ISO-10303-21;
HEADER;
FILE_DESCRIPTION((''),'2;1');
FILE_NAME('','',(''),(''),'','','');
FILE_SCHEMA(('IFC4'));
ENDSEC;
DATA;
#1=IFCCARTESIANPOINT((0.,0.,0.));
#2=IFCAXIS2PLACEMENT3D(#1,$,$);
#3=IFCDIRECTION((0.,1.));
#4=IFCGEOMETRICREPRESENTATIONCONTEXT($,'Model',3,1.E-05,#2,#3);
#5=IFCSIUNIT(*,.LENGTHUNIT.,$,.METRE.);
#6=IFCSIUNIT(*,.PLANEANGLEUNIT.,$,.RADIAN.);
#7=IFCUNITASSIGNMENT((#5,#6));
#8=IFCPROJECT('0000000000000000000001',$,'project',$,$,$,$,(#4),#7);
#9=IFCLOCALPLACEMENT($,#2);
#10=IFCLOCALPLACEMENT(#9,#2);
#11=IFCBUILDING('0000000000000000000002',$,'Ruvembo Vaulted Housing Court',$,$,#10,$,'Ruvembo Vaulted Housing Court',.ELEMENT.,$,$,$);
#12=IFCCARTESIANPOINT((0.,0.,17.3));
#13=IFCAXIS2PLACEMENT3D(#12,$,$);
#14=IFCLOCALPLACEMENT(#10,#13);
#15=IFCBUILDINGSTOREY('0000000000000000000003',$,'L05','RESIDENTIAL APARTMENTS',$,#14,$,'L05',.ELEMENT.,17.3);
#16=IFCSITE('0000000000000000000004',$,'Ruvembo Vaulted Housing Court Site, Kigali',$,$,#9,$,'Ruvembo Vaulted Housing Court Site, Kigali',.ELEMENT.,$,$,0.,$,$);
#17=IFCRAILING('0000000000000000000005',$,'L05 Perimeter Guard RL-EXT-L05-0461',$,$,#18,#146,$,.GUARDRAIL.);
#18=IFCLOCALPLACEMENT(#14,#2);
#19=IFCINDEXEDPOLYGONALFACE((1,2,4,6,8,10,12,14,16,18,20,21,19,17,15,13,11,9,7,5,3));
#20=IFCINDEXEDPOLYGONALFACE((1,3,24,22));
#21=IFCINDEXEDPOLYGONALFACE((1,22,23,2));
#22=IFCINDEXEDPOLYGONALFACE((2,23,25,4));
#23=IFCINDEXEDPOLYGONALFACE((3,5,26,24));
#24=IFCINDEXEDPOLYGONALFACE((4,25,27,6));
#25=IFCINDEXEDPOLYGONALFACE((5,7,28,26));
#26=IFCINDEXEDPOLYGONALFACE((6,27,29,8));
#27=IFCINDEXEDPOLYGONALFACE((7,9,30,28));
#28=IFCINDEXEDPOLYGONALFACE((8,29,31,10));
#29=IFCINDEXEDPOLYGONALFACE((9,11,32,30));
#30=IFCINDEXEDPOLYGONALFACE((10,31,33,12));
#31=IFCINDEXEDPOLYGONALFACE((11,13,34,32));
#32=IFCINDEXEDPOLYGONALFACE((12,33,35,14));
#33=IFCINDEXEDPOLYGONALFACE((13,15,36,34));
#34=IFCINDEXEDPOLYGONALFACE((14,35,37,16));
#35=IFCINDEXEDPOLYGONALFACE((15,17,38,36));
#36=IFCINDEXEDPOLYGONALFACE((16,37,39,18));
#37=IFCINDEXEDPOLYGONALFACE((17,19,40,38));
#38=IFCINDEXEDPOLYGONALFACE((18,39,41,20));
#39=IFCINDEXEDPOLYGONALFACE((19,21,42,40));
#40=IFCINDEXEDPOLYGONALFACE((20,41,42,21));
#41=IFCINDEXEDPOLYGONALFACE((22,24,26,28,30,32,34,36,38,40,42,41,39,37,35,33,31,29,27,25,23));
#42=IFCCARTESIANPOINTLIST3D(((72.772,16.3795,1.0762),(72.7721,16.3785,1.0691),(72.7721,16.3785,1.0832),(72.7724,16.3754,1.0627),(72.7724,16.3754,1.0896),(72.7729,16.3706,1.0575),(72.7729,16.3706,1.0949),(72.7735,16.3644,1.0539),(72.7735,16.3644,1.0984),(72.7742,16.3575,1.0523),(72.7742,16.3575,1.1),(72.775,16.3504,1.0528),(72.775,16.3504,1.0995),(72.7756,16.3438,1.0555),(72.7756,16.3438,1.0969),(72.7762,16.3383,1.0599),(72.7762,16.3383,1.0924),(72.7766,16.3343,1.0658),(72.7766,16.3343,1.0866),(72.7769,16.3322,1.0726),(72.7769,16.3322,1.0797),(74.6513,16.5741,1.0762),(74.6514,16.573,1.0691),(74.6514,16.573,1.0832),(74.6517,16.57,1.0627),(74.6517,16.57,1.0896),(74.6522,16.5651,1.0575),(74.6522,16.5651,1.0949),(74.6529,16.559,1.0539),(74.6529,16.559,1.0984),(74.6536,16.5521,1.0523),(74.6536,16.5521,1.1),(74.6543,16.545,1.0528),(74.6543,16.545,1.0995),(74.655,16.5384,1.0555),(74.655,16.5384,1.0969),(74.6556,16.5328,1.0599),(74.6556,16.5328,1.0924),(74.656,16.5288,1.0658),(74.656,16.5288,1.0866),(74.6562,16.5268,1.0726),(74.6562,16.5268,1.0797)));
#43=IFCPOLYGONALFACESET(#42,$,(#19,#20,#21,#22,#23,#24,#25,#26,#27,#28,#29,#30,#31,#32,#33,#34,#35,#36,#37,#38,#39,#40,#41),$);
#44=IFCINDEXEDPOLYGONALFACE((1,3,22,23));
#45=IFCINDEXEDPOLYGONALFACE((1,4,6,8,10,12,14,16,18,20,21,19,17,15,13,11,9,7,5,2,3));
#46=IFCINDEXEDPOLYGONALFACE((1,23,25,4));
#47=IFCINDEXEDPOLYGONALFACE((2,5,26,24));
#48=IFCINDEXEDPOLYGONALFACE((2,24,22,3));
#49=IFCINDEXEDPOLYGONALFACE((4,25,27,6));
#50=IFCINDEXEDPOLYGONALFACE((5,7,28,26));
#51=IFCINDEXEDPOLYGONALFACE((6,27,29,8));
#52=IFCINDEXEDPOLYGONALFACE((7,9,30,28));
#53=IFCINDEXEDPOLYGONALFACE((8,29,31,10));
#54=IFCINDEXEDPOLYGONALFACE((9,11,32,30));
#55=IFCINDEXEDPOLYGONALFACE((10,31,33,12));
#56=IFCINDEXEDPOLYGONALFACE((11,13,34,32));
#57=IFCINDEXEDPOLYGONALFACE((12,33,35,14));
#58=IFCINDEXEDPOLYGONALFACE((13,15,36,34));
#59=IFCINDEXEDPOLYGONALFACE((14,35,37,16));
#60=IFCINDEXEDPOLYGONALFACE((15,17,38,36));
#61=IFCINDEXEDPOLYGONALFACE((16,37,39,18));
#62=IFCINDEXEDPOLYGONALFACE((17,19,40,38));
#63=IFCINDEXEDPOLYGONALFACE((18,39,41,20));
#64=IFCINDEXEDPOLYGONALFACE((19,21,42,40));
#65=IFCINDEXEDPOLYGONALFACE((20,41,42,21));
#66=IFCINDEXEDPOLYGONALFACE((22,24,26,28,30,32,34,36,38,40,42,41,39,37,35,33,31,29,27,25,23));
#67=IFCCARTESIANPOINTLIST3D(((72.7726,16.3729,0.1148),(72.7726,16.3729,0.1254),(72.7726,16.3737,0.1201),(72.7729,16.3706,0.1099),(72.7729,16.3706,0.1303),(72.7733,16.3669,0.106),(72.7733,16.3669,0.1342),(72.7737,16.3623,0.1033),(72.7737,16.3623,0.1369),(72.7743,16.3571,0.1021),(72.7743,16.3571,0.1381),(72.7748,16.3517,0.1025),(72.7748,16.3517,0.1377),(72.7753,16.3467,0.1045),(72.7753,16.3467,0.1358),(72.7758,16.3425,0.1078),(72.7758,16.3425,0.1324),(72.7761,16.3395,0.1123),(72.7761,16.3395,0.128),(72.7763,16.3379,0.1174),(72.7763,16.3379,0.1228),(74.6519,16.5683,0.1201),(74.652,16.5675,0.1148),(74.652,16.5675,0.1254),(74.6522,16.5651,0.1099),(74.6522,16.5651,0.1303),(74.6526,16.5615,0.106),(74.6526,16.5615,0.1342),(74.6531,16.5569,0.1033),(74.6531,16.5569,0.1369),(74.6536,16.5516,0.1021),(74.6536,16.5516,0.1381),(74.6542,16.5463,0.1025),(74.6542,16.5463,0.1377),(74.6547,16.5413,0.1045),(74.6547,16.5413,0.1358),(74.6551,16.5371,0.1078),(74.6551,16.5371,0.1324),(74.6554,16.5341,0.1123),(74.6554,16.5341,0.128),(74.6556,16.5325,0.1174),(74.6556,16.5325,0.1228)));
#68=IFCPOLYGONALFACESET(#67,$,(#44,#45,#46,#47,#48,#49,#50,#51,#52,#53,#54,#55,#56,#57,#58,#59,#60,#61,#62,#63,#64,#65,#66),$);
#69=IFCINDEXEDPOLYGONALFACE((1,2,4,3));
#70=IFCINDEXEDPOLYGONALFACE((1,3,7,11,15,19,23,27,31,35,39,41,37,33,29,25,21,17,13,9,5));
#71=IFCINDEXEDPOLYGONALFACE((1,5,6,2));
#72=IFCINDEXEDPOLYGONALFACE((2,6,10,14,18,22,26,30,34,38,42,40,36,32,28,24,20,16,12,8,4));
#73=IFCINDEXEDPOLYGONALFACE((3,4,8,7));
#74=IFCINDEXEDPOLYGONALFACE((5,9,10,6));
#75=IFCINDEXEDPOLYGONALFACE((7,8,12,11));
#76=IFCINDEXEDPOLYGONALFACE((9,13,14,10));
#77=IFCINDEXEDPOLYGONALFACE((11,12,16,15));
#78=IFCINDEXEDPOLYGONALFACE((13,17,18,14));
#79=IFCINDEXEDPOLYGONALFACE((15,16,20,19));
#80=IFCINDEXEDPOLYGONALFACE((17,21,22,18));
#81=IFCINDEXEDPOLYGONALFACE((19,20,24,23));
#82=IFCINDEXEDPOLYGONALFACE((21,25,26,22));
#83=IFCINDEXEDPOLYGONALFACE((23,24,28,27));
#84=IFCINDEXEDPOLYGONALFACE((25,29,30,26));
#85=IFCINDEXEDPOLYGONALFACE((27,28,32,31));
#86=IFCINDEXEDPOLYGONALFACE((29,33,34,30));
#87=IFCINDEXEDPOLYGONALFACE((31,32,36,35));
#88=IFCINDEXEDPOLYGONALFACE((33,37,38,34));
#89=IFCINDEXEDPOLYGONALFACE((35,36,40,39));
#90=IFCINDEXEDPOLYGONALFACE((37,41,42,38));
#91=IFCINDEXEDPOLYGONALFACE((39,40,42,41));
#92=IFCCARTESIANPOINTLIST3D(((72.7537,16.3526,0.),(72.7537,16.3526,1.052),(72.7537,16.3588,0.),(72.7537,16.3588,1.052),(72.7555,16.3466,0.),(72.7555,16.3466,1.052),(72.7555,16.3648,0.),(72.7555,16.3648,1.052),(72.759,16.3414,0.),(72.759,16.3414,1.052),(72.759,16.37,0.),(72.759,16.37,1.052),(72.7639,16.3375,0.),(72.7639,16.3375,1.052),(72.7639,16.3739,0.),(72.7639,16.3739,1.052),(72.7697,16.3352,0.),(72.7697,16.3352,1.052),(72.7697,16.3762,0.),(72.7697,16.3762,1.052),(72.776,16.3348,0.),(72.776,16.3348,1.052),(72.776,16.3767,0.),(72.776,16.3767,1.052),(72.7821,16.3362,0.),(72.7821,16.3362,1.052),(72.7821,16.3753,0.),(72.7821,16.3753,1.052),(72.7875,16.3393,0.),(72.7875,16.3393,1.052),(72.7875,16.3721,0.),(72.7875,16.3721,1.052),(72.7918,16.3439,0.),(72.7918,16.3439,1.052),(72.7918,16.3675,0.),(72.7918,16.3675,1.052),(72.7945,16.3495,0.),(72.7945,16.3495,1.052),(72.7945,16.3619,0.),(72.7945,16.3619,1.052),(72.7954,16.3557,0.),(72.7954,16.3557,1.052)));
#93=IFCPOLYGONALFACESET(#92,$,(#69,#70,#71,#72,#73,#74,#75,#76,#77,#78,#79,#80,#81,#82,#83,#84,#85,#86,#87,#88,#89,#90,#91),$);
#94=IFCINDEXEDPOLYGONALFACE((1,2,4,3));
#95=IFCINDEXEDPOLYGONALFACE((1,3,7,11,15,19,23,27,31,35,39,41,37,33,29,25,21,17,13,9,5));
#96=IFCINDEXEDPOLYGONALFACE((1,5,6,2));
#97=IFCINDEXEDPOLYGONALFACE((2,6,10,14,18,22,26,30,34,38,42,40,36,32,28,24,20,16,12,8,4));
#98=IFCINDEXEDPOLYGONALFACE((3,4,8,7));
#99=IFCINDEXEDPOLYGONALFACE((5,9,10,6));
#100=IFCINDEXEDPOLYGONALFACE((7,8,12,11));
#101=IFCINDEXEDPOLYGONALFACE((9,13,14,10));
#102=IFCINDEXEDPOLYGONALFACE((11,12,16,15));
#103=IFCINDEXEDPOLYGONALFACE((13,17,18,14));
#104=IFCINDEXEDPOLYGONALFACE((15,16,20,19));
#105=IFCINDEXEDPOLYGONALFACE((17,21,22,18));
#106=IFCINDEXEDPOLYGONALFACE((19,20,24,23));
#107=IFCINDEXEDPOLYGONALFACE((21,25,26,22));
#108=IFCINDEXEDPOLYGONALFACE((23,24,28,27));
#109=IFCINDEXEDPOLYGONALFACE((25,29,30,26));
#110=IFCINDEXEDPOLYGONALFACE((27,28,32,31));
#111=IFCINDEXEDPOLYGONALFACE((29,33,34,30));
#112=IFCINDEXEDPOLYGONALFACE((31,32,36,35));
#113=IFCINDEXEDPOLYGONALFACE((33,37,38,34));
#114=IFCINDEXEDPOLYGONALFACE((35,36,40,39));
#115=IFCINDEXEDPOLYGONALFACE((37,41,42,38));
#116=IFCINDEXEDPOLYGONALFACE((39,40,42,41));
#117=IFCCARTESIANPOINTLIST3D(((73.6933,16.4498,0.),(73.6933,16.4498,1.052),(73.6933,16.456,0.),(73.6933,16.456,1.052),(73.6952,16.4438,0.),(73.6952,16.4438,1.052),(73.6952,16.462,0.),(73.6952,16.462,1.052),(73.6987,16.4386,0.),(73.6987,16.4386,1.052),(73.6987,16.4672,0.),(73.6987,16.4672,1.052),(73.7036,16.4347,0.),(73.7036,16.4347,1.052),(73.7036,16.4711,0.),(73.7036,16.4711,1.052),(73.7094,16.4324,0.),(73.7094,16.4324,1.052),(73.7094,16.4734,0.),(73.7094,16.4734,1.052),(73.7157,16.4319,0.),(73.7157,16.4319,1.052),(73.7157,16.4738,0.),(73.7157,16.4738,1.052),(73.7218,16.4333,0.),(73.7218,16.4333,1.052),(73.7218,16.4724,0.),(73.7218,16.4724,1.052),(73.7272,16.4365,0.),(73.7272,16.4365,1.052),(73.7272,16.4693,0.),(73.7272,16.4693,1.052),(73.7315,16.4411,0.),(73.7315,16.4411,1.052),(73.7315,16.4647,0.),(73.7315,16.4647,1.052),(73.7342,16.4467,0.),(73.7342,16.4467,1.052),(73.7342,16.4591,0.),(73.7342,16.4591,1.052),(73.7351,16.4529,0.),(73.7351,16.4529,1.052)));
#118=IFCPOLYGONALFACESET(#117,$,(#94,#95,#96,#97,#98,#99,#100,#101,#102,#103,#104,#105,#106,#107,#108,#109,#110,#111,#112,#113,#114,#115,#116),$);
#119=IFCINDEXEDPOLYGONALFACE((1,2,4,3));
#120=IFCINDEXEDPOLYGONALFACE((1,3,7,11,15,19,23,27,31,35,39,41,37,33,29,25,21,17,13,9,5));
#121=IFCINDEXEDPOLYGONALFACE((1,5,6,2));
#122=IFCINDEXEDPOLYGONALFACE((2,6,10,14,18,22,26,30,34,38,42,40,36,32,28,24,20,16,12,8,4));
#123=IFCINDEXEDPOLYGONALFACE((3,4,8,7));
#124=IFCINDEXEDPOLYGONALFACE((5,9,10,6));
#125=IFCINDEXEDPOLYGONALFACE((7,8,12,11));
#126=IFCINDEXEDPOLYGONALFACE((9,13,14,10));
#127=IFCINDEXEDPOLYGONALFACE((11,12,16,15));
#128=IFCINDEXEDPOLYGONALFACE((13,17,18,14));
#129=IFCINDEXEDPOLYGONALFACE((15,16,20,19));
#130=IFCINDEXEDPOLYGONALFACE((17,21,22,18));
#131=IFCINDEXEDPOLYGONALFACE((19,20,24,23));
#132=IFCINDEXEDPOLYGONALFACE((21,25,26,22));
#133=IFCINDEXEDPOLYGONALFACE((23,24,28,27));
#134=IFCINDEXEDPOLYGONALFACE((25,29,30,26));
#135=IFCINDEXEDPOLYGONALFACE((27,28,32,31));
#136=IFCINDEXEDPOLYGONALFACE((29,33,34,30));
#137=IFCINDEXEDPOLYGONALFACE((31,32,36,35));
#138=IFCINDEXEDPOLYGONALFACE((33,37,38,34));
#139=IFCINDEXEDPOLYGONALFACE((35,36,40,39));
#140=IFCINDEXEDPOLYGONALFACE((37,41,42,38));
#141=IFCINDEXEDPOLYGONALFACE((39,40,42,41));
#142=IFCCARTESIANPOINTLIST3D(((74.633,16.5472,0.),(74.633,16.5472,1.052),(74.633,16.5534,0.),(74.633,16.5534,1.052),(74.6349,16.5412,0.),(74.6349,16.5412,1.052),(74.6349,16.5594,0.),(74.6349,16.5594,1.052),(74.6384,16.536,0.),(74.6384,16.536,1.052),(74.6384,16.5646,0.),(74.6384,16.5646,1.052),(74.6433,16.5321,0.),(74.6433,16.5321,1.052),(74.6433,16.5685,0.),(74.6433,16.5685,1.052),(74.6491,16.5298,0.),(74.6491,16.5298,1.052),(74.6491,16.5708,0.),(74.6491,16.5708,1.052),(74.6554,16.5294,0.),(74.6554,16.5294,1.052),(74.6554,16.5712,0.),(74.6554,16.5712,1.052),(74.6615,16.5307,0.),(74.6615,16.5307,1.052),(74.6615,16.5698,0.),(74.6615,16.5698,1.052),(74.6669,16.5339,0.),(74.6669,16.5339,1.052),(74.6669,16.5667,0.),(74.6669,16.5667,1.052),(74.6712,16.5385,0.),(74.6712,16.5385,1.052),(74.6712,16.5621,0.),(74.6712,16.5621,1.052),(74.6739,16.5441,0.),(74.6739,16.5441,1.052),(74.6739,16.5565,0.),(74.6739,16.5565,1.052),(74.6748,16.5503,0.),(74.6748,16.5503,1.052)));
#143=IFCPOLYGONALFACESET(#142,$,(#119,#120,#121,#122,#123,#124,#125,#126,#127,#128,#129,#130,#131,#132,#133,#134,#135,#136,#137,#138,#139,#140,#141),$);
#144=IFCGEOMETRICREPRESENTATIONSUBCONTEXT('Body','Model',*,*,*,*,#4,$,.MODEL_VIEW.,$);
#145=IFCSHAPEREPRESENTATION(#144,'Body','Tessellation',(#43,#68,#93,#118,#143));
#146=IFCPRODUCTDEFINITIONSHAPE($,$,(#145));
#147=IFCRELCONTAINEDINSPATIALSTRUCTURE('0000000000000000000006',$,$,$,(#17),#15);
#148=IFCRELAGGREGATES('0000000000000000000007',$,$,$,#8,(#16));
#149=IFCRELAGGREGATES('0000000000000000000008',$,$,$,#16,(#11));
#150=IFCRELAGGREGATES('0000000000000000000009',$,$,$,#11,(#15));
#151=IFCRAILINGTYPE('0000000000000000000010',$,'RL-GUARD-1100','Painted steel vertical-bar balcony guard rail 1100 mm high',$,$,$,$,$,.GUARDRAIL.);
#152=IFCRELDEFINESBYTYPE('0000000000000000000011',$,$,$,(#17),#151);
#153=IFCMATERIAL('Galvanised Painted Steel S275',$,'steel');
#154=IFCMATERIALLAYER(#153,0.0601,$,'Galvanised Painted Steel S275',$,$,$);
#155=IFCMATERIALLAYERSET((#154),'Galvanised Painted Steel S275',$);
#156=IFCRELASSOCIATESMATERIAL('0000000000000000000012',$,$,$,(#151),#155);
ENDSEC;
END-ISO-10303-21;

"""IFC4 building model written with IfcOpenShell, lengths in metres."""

from ifc_helpers import new_model, si_unit, direction, frame, origin, origin_2d, place, context, subcontext, project, spatial, circle, extrude, material, layer, layer_set, type_object, element, save


model = new_model("IFC4")

# Units and contexts
model_context = context("Model", 3, precision=1e-05, world=origin(), true_north=direction((0.0, 1.0)))
body_context = subcontext(model_context, "Body", "Model", "MODEL_VIEW")
ifc_project = project(units=[si_unit("LENGTHUNIT", "METRE"), si_unit("PLANEANGLEUNIT", "RADIAN")], contexts=[model_context])

# Site, building, storey
site_placement = place(None, origin())
site = spatial("IfcSite", under=ifc_project, at=site_placement, Name="Ruvembo Vaulted Housing Court Site, Kigali", LongName="Ruvembo Vaulted Housing Court Site, Kigali", CompositionType="ELEMENT", RefElevation=0.0)
building_placement = place(site_placement, origin())
building = spatial("IfcBuilding", under=site, at=building_placement, Name="Ruvembo Vaulted Housing Court", LongName="Ruvembo Vaulted Housing Court", CompositionType="ELEMENT")
storey_placement = place(building_placement, frame((0.0, 0.0, 17.3)))
storey = spatial("IfcBuildingStorey", under=building, at=storey_placement, Name="L05", Description="RESIDENTIAL APARTMENTS", LongName="L05", CompositionType="ELEMENT", Elevation=17.3)

# Railing
ifc_material_1 = material(Name="Galvanised Painted Steel S275", Category="steel")
ifc_layer = layer(ifc_material_1, 0.0601, Name="Galvanised Painted Steel S275")
ifc_layer_set = layer_set([ifc_layer], Name="Galvanised Painted Steel S275")
railing_type = type_object("IfcRailingType", Name="RL-GUARD-1100", Description="Painted steel vertical-bar balcony guard rail 1100 mm high", PredefinedType="GUARDRAIL", material=ifc_layer_set)
railing_1_placement = place(storey_placement, frame((72.7744, 16.3557, 0.0)))
element("IfcRailing", 1, at=railing_1_placement, inside=storey, type_object=railing_type, Name="L05 Perimeter Guard RL-EXT-L05-0461", PredefinedType="GUARDRAIL", context=body_context, shape_type="SweptSolid", body=[
    extrude(circle(Radius=0.0239, at=origin_2d()), frame((0.0, 0.0, 1.0762), z_axis=(0.994683, 0.102983, 0.0), x_axis=(-0.102983, 0.994683, 0.0)), (0.0, 0.0, 1.0), 1.8894),
    extrude(circle(Radius=0.0181, at=origin_2d()), frame((0.0, 0.0, 0.1201), z_axis=(0.994683, 0.102983, 0.0), x_axis=(-0.102983, 0.994683, 0.0)), (0.0, 0.0, 1.0), 1.8894),
    extrude(circle(Radius=0.021, at=origin_2d()), origin(), (0.0, 0.0, 1.0), 1.052),
    extrude(circle(Radius=0.021, at=origin_2d()), frame((0.9397, 0.0972, 0.0)), (0.0, 0.0, 1.0), 1.052),
    extrude(circle(Radius=0.021, at=origin_2d()), frame((1.8794, 0.1946, 0.0)), (0.0, 0.0, 1.0), 1.052),
])

save(model, "model.ifc")
